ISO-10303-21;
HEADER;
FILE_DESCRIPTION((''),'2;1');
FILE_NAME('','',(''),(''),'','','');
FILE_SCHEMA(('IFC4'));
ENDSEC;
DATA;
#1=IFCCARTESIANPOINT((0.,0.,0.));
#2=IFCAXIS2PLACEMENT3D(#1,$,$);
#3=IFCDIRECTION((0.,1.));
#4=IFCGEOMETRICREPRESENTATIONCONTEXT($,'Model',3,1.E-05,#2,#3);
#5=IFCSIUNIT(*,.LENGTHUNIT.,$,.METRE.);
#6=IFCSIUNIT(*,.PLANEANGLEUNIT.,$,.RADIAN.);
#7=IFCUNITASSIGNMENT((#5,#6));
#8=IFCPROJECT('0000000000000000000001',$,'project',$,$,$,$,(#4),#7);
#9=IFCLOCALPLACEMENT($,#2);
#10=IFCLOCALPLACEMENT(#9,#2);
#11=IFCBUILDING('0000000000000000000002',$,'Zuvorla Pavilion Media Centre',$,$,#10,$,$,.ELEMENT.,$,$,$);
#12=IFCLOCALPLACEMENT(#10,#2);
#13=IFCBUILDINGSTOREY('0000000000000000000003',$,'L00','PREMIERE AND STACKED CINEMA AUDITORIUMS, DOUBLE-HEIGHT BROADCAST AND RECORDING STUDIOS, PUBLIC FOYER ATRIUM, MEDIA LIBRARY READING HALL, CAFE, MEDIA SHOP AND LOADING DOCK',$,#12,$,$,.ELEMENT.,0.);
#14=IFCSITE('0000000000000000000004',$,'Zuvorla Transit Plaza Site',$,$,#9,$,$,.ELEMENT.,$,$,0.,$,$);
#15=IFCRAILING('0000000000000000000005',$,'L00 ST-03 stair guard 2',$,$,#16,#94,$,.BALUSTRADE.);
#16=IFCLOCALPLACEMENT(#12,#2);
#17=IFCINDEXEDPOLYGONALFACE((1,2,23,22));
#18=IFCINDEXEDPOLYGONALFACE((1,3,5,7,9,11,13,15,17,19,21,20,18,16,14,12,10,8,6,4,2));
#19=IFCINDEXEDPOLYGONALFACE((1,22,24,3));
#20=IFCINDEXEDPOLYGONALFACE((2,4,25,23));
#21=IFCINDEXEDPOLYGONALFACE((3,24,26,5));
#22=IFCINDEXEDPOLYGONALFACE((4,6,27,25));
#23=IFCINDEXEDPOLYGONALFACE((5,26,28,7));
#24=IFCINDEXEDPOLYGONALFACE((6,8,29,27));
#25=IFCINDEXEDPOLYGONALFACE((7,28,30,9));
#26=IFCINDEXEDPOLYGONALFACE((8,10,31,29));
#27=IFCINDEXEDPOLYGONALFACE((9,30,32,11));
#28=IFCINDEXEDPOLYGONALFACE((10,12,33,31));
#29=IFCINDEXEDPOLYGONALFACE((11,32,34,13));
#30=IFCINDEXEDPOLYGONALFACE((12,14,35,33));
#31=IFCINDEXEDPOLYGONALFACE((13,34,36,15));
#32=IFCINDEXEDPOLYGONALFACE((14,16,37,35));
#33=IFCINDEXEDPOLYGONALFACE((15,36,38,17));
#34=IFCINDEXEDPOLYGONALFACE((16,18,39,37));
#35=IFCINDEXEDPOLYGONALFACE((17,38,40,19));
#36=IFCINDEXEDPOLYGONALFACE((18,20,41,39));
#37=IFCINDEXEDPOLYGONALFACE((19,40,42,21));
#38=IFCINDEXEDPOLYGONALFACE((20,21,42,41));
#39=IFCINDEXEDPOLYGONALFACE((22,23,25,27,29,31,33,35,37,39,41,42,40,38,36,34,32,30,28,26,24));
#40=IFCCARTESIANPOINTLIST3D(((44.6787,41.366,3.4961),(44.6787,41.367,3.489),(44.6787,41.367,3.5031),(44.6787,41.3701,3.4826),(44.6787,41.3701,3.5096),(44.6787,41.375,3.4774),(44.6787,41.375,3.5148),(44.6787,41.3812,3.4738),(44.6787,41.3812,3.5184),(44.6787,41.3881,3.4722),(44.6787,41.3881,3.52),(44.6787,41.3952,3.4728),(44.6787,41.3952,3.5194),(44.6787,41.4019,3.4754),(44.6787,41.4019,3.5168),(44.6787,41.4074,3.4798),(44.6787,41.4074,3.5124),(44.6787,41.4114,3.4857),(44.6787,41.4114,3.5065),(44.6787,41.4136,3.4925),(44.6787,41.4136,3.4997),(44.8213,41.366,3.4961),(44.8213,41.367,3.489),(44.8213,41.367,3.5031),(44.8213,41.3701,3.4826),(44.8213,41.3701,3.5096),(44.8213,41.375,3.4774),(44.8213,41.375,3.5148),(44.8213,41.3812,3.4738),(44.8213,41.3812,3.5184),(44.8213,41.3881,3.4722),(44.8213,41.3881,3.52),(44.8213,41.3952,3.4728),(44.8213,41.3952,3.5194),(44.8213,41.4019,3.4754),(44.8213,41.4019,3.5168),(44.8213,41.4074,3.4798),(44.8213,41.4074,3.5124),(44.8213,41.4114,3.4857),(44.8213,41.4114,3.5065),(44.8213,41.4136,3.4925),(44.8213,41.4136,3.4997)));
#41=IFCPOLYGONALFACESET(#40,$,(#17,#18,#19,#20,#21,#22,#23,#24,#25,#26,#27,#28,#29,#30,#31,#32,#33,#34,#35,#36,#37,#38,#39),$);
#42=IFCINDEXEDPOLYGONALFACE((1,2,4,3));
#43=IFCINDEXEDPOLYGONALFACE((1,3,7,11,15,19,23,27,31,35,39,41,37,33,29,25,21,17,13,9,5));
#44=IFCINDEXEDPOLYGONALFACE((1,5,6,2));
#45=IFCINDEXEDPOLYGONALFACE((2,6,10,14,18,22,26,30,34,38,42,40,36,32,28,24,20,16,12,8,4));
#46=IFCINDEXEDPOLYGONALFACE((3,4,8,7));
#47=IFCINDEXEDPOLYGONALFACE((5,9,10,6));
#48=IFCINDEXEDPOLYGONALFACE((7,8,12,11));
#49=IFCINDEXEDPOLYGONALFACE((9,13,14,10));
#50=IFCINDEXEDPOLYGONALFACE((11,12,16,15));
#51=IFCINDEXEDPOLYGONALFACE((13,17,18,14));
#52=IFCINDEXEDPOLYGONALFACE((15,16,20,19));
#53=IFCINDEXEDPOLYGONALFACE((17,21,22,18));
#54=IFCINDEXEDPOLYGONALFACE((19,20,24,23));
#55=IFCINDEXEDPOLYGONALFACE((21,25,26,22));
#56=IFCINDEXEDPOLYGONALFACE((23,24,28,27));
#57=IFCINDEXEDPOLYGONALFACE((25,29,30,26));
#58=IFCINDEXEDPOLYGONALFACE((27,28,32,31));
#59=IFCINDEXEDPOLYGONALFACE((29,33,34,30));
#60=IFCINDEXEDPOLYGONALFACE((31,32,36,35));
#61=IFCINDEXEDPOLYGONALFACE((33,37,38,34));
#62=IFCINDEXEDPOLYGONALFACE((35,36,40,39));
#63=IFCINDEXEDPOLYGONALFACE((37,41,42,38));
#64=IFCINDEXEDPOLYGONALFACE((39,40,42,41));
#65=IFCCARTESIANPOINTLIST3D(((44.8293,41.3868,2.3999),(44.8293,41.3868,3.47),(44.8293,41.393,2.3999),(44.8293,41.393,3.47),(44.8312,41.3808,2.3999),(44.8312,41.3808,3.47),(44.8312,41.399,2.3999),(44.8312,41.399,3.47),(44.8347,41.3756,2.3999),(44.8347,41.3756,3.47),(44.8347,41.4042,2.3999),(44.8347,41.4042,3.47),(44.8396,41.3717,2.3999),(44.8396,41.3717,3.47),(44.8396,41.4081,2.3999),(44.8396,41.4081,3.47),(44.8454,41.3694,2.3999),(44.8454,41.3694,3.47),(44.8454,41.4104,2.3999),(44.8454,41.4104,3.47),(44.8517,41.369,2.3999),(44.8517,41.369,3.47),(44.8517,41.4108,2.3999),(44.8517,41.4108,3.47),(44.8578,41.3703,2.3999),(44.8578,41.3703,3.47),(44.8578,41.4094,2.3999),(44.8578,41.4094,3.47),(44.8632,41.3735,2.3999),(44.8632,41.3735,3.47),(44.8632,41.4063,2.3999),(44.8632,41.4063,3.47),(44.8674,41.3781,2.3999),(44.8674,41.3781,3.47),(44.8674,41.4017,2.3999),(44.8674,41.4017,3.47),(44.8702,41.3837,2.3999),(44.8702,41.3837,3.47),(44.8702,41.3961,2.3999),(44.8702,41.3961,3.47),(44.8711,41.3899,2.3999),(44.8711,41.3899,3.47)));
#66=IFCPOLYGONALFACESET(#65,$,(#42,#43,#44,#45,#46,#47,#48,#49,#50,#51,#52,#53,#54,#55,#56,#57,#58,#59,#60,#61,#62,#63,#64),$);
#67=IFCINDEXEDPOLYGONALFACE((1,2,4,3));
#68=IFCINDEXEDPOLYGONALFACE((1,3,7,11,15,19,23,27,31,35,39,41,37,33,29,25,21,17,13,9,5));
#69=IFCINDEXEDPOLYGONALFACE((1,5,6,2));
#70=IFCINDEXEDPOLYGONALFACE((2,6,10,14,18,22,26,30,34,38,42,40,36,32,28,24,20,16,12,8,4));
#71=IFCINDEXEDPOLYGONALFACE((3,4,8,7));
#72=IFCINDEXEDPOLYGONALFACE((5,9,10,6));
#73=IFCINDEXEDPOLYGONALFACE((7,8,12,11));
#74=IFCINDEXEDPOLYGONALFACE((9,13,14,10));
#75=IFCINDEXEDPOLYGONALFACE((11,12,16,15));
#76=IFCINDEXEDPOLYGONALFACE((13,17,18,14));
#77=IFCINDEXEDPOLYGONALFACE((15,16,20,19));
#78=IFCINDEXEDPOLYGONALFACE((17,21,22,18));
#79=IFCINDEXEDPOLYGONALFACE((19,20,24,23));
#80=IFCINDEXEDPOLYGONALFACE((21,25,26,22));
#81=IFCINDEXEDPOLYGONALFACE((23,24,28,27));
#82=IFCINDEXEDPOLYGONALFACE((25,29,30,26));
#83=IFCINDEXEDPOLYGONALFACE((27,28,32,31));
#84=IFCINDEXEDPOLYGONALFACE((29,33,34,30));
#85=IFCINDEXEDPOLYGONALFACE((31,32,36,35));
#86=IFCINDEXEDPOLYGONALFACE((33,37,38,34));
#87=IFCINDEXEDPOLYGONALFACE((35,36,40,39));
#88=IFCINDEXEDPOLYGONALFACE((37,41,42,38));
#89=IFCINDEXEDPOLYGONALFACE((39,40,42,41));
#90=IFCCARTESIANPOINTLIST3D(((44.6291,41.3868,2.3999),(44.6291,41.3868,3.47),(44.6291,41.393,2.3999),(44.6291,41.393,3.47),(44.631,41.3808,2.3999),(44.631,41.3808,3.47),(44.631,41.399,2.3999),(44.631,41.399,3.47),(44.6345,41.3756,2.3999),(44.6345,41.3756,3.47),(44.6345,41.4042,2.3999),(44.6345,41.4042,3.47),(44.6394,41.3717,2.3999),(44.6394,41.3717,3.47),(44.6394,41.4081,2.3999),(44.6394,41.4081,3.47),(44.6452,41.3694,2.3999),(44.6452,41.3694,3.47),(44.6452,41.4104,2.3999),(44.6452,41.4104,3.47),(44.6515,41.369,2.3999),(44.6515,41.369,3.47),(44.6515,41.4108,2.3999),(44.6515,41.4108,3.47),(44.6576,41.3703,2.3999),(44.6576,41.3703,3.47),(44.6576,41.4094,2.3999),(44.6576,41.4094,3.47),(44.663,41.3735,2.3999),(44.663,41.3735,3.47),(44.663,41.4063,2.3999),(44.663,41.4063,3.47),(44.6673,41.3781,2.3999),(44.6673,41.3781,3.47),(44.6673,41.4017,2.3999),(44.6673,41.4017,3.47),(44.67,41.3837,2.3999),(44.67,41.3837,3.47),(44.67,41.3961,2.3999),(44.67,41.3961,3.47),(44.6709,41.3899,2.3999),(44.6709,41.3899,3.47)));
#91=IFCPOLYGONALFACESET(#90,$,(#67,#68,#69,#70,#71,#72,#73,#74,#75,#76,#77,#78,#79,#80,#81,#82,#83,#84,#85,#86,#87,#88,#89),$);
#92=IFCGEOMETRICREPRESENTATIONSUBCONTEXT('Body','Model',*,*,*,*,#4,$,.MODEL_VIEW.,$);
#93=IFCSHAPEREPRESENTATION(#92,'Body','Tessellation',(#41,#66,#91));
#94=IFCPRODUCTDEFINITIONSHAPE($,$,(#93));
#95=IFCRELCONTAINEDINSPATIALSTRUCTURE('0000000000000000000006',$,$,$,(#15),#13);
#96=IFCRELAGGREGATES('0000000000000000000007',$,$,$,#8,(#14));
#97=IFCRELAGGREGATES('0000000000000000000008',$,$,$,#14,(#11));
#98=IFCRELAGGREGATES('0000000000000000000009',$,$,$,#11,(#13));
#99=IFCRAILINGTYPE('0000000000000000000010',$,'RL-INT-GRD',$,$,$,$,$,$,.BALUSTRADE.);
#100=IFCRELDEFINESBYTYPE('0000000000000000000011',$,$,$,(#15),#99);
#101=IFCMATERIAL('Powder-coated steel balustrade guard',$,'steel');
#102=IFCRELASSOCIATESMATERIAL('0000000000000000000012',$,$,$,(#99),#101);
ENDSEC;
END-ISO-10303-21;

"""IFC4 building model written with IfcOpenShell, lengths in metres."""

from ifc_helpers import new_model, si_unit, direction, frame, origin, origin_2d, place, context, subcontext, project, spatial, circle, extrude, material, type_object, element, save


model = new_model("IFC4")

# Units and contexts
model_context = context("Model", 3, precision=1e-05, world=origin(), true_north=direction((0.0, 1.0)))
body_context = subcontext(model_context, "Body", "Model", "MODEL_VIEW")
ifc_project = project(units=[si_unit("LENGTHUNIT", "METRE"), si_unit("PLANEANGLEUNIT", "RADIAN")], contexts=[model_context])

# Site, building, storey
site_placement = place(None, origin())
site = spatial("IfcSite", under=ifc_project, at=site_placement, Name="Zuvorla Transit Plaza Site", CompositionType="ELEMENT", RefElevation=0.0)
building_placement = place(site_placement, origin())
building = spatial("IfcBuilding", under=site, at=building_placement, Name="Zuvorla Pavilion Media Centre", CompositionType="ELEMENT")
storey_placement = place(building_placement, origin())
storey = spatial("IfcBuildingStorey", under=building, at=storey_placement, Name="L00", Description="PREMIERE AND STACKED CINEMA AUDITORIUMS, DOUBLE-HEIGHT BROADCAST AND RECORDING STUDIOS, PUBLIC FOYER ATRIUM, MEDIA LIBRARY READING HALL, CAFE, MEDIA SHOP AND LOADING DOCK", CompositionType="ELEMENT", Elevation=0.0)

# Railing
ifc_material_1 = material(Name="Powder-coated steel balustrade guard", Category="steel")
railing_type_1 = type_object("IfcRailingType", Name="RL-INT-GRD", PredefinedType="BALUSTRADE", material=ifc_material_1)
railing_1_placement = place(storey_placement, frame((44.8501, 41.3899, 2.3999)))
element("IfcRailing", 1, at=railing_1_placement, inside=storey, type_object=railing_type_1, Name="L00 ST-03 stair guard 2", PredefinedType="BALUSTRADE", context=body_context, shape_type="SweptSolid", body=[
    extrude(circle(Radius=0.0239, at=origin_2d()), frame((-0.0288, 0.0, 1.0962), z_axis=(-1.0, 0.0, 0.0), x_axis=(0.0, -1.0, 0.0)), (0.0, 0.0, 1.0), 0.1426),
    extrude(circle(Radius=0.021, at=origin_2d()), origin(), (0.0, 0.0, 1.0), 1.0701),
    extrude(circle(Radius=0.021, at=origin_2d()), frame((-0.2002, 0.0, 0.0)), (0.0, 0.0, 1.0), 1.0701),
])

save(model, "model.ifc")
